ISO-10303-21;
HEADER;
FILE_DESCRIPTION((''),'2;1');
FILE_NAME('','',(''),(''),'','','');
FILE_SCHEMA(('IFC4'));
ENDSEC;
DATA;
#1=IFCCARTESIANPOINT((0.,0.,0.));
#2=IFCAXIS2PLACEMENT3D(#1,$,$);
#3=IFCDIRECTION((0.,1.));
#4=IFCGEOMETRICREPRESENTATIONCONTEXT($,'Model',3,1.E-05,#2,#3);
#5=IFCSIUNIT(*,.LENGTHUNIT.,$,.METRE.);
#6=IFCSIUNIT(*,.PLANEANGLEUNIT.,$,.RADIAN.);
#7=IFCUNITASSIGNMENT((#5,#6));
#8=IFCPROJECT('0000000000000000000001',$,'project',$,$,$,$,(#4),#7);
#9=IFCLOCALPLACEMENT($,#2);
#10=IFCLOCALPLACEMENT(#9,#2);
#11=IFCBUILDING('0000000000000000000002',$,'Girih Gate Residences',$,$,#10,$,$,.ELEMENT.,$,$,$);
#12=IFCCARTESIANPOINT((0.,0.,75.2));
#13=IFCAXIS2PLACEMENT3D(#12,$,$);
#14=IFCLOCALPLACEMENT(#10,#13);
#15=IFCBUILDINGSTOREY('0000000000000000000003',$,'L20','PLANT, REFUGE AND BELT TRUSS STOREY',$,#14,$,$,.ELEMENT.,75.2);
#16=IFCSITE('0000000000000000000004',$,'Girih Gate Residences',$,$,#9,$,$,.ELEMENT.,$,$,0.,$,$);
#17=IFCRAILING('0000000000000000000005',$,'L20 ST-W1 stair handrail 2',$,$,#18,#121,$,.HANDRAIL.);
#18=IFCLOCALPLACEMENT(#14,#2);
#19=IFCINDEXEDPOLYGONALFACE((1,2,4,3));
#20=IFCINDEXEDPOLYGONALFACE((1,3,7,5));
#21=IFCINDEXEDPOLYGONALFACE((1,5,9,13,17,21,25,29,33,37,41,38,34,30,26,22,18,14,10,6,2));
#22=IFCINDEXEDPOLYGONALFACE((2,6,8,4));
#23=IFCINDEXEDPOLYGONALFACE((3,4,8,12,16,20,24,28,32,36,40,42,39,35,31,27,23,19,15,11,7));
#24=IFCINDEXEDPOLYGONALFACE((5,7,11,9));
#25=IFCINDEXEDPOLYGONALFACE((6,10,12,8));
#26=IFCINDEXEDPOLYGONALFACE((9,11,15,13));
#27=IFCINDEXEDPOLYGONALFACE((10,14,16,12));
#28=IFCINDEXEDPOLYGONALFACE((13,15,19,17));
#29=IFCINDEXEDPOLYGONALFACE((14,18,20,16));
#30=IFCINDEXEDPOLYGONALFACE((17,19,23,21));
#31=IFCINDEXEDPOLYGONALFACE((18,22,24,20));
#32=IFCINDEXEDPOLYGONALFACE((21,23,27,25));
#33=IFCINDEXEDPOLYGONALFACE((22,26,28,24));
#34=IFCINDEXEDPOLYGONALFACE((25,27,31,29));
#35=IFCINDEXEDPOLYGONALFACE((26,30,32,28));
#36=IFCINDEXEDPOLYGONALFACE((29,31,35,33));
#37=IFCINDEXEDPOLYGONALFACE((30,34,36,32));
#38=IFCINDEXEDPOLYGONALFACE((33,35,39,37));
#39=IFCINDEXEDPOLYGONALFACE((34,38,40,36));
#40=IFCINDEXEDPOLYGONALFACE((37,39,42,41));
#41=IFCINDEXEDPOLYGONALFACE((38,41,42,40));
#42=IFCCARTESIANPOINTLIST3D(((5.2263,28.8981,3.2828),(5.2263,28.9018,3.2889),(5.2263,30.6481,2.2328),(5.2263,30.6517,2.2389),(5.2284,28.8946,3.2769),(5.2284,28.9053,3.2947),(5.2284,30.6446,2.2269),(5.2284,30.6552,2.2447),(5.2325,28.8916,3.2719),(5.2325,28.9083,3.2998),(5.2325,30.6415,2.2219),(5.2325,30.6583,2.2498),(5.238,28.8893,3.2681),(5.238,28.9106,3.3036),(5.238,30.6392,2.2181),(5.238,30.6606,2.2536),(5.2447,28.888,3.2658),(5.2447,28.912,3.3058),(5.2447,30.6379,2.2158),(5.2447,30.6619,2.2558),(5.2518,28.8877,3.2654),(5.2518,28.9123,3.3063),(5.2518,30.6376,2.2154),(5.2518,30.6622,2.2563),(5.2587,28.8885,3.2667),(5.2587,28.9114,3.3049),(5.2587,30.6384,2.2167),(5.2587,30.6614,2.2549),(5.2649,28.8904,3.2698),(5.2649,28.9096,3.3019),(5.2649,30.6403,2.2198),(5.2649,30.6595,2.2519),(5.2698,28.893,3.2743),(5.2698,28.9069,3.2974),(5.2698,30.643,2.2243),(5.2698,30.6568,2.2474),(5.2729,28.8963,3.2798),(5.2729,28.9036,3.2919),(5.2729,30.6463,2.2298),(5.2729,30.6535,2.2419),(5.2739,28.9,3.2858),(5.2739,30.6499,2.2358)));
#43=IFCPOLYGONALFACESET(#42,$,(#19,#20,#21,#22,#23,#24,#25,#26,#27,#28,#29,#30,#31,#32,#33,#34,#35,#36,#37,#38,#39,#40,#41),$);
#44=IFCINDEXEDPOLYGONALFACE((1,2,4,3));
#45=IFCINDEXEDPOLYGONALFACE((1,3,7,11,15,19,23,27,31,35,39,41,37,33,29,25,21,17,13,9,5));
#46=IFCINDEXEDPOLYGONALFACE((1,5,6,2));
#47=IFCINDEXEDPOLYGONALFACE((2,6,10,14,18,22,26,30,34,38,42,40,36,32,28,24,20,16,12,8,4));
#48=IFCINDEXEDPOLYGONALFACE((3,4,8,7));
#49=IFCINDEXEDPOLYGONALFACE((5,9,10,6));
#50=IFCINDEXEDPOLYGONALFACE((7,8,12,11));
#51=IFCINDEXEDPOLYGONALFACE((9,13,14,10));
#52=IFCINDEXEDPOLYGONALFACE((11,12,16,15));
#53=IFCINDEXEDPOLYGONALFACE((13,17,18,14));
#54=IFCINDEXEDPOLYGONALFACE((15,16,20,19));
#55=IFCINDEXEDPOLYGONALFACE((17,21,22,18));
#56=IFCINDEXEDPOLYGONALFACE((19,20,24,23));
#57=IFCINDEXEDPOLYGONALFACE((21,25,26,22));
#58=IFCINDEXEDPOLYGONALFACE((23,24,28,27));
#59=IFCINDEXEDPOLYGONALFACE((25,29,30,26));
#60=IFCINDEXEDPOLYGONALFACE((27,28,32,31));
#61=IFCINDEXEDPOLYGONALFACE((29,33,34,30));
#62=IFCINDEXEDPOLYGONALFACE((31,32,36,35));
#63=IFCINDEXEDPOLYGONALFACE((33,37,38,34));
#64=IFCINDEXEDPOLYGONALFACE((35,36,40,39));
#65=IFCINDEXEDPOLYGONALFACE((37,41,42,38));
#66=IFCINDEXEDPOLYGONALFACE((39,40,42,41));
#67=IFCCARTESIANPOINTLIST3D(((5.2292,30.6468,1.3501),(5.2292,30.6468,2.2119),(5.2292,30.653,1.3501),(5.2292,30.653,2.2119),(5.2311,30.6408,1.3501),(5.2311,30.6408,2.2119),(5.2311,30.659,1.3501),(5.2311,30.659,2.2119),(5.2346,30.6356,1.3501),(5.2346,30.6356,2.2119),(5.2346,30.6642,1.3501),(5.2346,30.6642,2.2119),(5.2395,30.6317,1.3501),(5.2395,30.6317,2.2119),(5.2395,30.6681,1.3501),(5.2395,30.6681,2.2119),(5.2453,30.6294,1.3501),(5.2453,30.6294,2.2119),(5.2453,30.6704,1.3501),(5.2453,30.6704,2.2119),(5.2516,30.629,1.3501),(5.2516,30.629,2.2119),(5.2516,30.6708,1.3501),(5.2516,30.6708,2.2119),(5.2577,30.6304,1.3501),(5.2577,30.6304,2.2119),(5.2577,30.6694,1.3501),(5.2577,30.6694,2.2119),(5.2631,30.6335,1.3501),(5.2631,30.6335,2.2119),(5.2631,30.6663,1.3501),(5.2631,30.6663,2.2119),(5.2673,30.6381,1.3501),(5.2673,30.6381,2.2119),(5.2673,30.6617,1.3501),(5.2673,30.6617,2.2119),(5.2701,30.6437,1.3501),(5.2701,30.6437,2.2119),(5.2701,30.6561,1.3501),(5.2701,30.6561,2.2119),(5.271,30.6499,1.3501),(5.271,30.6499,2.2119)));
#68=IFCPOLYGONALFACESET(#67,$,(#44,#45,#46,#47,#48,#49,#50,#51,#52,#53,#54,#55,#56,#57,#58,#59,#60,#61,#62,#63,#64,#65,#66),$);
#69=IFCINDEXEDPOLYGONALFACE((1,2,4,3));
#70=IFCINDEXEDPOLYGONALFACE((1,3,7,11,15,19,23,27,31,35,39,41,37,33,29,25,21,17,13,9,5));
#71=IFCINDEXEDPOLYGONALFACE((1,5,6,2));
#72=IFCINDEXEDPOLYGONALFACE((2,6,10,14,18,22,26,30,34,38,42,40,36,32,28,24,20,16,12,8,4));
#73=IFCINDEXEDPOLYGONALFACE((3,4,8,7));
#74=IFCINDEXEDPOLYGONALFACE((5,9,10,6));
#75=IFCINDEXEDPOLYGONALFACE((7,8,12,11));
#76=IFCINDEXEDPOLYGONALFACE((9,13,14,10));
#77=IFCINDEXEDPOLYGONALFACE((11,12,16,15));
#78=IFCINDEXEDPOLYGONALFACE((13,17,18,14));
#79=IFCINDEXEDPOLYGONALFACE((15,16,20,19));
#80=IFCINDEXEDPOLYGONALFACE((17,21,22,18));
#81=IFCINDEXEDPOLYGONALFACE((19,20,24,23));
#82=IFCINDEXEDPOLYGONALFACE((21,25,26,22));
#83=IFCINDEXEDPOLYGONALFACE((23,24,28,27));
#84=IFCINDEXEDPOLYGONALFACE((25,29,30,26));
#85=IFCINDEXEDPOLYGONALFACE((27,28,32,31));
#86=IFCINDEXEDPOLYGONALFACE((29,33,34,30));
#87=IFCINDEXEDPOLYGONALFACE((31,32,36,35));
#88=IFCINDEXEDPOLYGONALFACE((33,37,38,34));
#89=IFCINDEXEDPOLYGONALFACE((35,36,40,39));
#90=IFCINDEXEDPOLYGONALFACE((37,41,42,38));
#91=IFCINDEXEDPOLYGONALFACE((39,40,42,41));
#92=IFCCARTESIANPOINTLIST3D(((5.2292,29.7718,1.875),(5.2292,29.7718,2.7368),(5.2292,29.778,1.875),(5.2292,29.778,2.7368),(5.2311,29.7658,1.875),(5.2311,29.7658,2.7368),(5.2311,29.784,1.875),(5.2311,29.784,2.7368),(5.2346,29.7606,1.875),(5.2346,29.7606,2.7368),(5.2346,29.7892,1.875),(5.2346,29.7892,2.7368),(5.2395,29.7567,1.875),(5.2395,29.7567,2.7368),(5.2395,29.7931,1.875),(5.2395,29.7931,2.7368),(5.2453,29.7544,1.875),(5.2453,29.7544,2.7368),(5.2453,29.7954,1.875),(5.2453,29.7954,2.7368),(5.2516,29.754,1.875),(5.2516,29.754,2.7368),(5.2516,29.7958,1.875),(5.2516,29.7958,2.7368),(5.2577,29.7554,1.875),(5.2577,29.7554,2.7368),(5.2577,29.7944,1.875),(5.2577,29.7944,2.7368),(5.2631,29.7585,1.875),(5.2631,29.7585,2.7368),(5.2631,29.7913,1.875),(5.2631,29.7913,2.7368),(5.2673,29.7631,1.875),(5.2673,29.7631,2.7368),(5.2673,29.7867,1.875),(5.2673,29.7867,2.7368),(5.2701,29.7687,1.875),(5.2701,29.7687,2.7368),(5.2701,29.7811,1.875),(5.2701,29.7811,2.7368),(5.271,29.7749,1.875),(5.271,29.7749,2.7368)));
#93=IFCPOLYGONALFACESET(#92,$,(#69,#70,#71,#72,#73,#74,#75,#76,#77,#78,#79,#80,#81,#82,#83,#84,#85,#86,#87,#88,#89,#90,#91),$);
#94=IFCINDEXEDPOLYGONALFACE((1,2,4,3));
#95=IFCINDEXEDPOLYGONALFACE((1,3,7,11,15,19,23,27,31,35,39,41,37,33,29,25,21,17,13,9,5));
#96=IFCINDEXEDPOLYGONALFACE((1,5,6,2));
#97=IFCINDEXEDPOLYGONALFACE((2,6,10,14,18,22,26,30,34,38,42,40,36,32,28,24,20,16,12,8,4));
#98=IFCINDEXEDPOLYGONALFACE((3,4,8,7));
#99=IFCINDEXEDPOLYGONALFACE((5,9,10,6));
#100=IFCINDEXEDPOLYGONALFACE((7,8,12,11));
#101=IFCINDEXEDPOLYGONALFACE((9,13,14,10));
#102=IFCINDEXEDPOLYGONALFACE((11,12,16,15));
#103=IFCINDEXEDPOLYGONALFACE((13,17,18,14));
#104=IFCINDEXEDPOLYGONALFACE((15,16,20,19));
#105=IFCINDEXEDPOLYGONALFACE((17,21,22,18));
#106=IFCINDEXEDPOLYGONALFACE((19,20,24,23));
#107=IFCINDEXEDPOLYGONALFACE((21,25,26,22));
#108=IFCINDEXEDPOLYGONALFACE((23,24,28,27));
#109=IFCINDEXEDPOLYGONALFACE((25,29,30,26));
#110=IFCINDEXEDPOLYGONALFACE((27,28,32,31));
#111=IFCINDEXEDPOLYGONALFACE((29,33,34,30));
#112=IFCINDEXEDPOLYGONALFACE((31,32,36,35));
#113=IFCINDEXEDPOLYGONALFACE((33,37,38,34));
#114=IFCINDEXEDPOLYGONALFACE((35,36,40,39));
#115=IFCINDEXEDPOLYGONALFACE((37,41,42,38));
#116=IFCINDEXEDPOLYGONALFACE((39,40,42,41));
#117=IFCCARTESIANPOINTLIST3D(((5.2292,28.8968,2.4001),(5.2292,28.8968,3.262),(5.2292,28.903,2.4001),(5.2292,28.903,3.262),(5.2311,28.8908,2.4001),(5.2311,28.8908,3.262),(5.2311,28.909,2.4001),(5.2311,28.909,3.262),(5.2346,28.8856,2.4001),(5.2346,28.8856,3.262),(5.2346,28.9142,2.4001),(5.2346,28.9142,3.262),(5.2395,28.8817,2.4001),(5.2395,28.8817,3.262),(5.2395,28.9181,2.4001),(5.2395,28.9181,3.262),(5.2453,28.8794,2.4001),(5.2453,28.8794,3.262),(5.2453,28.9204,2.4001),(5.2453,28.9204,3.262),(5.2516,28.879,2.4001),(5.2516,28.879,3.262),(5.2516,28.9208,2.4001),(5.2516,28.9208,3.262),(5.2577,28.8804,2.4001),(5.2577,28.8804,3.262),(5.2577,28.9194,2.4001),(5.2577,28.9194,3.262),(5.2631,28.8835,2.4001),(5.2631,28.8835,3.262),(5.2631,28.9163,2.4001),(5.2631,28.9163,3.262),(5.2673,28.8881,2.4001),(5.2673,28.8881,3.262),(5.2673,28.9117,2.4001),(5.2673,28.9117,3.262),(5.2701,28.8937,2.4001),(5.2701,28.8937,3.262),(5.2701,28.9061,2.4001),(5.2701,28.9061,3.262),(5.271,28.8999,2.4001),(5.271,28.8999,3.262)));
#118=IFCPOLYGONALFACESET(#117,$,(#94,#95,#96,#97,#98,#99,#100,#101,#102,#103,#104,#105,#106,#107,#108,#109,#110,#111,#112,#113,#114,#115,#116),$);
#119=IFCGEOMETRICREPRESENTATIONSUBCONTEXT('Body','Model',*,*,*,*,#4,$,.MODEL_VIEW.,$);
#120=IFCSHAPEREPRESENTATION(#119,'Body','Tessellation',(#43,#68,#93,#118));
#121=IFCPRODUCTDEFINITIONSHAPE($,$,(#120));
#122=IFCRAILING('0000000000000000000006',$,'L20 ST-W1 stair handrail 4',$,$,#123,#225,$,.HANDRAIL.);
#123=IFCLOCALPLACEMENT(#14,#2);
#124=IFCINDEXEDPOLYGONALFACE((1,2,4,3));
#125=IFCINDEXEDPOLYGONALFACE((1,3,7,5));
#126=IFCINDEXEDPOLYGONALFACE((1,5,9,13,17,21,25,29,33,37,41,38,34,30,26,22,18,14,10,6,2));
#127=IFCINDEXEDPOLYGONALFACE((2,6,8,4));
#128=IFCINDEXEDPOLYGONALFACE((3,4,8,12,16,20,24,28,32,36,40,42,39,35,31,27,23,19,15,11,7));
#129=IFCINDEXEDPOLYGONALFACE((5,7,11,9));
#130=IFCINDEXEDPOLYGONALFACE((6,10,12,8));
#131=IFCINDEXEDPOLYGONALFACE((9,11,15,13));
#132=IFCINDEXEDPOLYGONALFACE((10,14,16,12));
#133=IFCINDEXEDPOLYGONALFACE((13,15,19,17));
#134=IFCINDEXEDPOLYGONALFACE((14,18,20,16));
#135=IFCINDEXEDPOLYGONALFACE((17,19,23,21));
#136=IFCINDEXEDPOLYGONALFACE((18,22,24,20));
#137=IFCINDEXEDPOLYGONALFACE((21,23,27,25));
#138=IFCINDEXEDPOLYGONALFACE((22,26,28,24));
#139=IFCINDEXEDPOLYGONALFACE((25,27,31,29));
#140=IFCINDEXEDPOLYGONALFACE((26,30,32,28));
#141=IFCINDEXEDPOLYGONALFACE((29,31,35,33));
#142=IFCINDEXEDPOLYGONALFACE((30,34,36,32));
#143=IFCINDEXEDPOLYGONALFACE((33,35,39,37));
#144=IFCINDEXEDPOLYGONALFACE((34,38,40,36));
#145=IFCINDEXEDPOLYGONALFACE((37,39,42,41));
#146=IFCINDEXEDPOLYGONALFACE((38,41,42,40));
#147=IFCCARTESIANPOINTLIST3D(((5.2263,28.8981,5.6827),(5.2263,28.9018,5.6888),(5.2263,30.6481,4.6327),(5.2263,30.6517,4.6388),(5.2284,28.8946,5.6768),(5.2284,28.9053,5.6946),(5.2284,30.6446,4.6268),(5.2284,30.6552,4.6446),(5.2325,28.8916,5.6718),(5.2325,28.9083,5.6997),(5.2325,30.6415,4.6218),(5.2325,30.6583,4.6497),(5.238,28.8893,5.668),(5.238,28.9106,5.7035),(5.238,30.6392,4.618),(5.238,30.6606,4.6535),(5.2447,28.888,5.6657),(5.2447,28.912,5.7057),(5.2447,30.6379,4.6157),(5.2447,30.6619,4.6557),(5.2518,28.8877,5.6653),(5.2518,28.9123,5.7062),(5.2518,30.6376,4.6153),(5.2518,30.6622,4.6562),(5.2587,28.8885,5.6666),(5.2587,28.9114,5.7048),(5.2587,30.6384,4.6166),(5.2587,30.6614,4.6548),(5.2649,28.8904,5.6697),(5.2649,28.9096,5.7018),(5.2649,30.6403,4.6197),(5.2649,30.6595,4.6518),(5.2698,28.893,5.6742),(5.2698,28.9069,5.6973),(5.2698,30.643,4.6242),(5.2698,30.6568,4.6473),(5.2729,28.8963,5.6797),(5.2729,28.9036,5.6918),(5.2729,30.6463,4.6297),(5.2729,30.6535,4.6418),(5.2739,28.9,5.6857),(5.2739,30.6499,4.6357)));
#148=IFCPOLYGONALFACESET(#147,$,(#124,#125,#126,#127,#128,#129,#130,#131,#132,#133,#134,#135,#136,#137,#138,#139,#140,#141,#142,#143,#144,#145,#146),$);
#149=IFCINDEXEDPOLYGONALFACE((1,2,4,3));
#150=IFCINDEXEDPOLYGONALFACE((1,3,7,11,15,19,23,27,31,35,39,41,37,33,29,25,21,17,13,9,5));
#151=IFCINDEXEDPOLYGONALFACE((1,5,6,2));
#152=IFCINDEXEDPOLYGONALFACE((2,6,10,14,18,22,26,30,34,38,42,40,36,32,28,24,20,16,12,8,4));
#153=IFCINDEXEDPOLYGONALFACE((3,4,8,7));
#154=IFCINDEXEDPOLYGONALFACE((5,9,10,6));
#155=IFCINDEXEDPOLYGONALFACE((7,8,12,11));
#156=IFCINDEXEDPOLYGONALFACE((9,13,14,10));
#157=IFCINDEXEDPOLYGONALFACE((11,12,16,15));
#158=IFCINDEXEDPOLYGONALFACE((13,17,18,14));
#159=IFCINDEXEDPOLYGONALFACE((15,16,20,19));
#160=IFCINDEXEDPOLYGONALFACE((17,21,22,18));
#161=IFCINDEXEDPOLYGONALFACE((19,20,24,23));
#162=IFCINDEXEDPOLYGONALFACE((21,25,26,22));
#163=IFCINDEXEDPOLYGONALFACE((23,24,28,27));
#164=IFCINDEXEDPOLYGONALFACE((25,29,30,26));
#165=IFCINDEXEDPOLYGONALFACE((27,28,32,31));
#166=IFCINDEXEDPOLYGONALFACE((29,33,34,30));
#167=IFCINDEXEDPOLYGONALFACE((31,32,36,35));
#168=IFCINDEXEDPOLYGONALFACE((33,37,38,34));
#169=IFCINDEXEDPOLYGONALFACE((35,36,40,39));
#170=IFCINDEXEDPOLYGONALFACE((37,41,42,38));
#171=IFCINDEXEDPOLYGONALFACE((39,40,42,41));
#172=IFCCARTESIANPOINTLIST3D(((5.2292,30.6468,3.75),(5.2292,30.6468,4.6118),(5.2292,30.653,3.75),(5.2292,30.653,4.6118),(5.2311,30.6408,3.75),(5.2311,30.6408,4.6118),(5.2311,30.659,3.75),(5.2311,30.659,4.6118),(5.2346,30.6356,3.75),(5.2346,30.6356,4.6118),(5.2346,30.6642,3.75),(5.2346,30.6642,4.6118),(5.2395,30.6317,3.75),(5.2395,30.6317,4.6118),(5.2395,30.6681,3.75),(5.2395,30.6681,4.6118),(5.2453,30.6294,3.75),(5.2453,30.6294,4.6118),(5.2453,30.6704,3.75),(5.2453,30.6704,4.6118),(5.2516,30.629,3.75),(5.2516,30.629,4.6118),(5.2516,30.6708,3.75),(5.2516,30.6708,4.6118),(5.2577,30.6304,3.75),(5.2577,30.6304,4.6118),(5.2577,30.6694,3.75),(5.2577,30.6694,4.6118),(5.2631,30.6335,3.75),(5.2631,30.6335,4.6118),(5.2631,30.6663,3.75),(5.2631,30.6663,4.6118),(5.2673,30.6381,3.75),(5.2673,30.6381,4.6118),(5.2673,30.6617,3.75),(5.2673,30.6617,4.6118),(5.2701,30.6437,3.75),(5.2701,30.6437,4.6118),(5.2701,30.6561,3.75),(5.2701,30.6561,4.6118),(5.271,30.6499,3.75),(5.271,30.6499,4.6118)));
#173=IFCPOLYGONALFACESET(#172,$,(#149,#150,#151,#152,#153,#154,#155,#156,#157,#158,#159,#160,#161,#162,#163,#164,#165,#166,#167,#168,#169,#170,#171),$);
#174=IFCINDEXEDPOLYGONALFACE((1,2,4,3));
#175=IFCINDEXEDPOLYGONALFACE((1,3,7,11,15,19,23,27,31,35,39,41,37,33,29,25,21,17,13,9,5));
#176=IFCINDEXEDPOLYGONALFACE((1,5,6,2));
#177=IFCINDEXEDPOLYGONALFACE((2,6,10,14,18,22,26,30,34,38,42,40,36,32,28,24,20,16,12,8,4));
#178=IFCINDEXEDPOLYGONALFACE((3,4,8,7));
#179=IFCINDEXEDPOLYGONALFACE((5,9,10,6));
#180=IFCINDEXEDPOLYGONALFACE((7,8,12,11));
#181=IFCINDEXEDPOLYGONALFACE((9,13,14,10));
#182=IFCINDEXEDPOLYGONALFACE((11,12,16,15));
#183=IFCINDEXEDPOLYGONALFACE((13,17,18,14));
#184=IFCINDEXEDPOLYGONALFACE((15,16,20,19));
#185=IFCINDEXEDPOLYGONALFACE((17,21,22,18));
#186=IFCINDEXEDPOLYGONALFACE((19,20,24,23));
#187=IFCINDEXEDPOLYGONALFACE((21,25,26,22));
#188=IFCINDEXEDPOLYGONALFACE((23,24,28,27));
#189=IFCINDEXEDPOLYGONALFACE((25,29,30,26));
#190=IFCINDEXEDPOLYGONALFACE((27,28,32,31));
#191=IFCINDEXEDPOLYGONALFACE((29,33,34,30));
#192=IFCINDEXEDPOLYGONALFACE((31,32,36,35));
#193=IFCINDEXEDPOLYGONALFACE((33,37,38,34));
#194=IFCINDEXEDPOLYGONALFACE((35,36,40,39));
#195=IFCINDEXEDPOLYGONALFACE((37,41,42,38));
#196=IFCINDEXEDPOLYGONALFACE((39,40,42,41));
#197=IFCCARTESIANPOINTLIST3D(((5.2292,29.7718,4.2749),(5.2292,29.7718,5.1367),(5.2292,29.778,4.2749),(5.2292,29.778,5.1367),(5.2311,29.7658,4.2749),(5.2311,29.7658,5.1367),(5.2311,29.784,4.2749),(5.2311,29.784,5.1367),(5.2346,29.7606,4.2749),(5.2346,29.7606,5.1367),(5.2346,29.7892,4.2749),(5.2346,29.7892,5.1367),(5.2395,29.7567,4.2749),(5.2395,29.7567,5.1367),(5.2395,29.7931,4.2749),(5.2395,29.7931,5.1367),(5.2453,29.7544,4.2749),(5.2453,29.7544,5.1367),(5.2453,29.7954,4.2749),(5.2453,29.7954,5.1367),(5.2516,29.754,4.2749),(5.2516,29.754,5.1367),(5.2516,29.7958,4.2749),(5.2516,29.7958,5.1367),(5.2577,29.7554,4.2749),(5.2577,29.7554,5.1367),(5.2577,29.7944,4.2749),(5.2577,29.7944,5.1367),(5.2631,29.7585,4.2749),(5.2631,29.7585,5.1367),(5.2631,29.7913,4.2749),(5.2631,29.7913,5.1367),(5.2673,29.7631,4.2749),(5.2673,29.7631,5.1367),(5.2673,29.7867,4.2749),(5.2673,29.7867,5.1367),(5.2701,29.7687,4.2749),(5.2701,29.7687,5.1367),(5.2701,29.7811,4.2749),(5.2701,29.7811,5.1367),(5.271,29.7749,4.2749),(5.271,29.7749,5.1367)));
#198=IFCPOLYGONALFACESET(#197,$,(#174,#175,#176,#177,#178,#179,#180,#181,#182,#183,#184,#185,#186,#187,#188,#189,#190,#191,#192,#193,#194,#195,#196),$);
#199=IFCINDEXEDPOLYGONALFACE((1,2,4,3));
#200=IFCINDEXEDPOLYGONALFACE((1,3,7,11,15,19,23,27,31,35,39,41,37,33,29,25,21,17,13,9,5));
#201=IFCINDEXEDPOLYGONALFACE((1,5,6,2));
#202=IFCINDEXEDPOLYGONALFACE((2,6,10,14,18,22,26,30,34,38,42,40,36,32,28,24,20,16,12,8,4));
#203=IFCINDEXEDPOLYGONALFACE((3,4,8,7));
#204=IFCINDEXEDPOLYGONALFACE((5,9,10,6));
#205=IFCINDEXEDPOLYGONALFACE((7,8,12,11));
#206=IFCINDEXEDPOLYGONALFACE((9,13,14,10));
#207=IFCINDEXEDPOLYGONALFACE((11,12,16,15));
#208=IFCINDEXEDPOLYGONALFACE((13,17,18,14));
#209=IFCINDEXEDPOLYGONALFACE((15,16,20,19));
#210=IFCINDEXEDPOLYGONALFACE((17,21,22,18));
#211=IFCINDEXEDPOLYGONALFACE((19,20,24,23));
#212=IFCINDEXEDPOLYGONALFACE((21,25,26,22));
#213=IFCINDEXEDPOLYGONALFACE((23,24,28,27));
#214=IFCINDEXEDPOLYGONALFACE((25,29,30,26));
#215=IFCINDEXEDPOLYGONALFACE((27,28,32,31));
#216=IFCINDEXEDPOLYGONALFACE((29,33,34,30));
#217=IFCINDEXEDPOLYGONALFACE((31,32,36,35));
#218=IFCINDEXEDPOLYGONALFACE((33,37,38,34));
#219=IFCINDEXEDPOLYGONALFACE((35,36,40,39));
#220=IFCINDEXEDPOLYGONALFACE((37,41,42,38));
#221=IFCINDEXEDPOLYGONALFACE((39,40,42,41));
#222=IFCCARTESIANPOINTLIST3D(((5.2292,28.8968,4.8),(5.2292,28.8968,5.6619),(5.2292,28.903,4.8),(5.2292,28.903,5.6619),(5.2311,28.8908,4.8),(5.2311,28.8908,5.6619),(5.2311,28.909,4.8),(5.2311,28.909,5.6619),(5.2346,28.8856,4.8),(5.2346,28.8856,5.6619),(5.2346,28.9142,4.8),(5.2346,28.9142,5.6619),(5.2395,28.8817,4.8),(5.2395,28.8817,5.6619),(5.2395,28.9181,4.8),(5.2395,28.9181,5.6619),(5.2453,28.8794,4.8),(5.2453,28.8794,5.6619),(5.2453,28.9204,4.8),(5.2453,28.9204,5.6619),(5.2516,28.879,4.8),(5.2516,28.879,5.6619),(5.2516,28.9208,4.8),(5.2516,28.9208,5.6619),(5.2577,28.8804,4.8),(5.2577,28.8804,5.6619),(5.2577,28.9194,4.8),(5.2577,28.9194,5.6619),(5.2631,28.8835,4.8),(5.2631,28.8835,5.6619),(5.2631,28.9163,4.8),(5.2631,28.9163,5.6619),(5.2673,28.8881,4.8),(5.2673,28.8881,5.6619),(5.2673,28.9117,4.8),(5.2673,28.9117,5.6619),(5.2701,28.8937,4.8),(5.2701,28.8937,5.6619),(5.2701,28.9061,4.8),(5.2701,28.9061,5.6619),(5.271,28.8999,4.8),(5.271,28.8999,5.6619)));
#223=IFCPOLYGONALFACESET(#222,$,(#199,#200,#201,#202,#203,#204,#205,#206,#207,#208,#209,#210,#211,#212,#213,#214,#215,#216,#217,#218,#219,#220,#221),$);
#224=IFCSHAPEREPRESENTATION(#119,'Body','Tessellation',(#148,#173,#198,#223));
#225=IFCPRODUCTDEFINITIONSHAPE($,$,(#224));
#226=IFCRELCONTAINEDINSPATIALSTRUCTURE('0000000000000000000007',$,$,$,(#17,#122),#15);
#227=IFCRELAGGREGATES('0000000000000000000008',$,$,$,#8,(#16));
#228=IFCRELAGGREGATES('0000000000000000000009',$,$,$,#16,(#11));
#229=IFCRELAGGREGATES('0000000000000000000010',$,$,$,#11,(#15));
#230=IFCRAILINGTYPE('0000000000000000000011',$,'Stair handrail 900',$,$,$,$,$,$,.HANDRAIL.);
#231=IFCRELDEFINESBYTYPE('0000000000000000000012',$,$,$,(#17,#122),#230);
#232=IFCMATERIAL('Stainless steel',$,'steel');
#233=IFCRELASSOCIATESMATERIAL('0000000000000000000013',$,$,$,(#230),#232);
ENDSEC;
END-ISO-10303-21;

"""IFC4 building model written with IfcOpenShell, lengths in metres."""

from ifc_helpers import new_model, si_unit, direction, frame, origin, origin_2d, place, context, subcontext, project, spatial, circle, extrude, material, type_object, element, save


model = new_model("IFC4")

# Units and contexts
model_context = context("Model", 3, precision=1e-05, world=origin(), true_north=direction((0.0, 1.0)))
body_context = subcontext(model_context, "Body", "Model", "MODEL_VIEW")
ifc_project = project(units=[si_unit("LENGTHUNIT", "METRE"), si_unit("PLANEANGLEUNIT", "RADIAN")], contexts=[model_context])

# Site, building, storey
site_placement = place(None, origin())
site = spatial("IfcSite", under=ifc_project, at=site_placement, Name="Girih Gate Residences", CompositionType="ELEMENT", RefElevation=0.0)
building_placement = place(site_placement, origin())
building = spatial("IfcBuilding", under=site, at=building_placement, Name="Girih Gate Residences", CompositionType="ELEMENT")
storey_placement = place(building_placement, frame((0.0, 0.0, 75.2)))
storey = spatial("IfcBuildingStorey", under=building, at=storey_placement, Name="L20", Description="PLANT, REFUGE AND BELT TRUSS STOREY", CompositionType="ELEMENT", Elevation=75.2)

# Railings
ifc_material_1 = material(Name="Stainless steel", Category="steel")
railing_type_1 = type_object("IfcRailingType", Name="Stair handrail 900", PredefinedType="HANDRAIL", material=ifc_material_1)
for number, where, name in (
    (1, (5.25, 30.6499, 1.3501), "L20 ST-W1 stair handrail 2"),
    (2, (5.25, 30.6499, 3.75), "L20 ST-W1 stair handrail 4"),
):
    element("IfcRailing", number, at=place(storey_placement, frame(where)), inside=storey, type_object=railing_type_1, Name=name, PredefinedType="HANDRAIL", context=body_context, shape_type="SweptSolid", body=[
        extrude(circle(Radius=0.0239, at=origin_2d()), frame((0.0, 0.0, 0.8857), z_axis=(0.0, -0.857482, 0.514513), x_axis=(1.0, 0.0, 0.0)), (0.0, 0.0, 1.0), 2.0408),
        extrude(circle(Radius=0.021, at=origin_2d()), origin(), (0.0, 0.0, 1.0), 0.8618),
        extrude(circle(Radius=0.021, at=origin_2d()), frame((0.0, -0.875, 0.5249)), (0.0, 0.0, 1.0), 0.8618),
        extrude(circle(Radius=0.021, at=origin_2d()), frame((0.0, -1.75, 1.05)), (0.0, 0.0, 1.0), 0.8618),
    ])

save(model, "model.ifc")
